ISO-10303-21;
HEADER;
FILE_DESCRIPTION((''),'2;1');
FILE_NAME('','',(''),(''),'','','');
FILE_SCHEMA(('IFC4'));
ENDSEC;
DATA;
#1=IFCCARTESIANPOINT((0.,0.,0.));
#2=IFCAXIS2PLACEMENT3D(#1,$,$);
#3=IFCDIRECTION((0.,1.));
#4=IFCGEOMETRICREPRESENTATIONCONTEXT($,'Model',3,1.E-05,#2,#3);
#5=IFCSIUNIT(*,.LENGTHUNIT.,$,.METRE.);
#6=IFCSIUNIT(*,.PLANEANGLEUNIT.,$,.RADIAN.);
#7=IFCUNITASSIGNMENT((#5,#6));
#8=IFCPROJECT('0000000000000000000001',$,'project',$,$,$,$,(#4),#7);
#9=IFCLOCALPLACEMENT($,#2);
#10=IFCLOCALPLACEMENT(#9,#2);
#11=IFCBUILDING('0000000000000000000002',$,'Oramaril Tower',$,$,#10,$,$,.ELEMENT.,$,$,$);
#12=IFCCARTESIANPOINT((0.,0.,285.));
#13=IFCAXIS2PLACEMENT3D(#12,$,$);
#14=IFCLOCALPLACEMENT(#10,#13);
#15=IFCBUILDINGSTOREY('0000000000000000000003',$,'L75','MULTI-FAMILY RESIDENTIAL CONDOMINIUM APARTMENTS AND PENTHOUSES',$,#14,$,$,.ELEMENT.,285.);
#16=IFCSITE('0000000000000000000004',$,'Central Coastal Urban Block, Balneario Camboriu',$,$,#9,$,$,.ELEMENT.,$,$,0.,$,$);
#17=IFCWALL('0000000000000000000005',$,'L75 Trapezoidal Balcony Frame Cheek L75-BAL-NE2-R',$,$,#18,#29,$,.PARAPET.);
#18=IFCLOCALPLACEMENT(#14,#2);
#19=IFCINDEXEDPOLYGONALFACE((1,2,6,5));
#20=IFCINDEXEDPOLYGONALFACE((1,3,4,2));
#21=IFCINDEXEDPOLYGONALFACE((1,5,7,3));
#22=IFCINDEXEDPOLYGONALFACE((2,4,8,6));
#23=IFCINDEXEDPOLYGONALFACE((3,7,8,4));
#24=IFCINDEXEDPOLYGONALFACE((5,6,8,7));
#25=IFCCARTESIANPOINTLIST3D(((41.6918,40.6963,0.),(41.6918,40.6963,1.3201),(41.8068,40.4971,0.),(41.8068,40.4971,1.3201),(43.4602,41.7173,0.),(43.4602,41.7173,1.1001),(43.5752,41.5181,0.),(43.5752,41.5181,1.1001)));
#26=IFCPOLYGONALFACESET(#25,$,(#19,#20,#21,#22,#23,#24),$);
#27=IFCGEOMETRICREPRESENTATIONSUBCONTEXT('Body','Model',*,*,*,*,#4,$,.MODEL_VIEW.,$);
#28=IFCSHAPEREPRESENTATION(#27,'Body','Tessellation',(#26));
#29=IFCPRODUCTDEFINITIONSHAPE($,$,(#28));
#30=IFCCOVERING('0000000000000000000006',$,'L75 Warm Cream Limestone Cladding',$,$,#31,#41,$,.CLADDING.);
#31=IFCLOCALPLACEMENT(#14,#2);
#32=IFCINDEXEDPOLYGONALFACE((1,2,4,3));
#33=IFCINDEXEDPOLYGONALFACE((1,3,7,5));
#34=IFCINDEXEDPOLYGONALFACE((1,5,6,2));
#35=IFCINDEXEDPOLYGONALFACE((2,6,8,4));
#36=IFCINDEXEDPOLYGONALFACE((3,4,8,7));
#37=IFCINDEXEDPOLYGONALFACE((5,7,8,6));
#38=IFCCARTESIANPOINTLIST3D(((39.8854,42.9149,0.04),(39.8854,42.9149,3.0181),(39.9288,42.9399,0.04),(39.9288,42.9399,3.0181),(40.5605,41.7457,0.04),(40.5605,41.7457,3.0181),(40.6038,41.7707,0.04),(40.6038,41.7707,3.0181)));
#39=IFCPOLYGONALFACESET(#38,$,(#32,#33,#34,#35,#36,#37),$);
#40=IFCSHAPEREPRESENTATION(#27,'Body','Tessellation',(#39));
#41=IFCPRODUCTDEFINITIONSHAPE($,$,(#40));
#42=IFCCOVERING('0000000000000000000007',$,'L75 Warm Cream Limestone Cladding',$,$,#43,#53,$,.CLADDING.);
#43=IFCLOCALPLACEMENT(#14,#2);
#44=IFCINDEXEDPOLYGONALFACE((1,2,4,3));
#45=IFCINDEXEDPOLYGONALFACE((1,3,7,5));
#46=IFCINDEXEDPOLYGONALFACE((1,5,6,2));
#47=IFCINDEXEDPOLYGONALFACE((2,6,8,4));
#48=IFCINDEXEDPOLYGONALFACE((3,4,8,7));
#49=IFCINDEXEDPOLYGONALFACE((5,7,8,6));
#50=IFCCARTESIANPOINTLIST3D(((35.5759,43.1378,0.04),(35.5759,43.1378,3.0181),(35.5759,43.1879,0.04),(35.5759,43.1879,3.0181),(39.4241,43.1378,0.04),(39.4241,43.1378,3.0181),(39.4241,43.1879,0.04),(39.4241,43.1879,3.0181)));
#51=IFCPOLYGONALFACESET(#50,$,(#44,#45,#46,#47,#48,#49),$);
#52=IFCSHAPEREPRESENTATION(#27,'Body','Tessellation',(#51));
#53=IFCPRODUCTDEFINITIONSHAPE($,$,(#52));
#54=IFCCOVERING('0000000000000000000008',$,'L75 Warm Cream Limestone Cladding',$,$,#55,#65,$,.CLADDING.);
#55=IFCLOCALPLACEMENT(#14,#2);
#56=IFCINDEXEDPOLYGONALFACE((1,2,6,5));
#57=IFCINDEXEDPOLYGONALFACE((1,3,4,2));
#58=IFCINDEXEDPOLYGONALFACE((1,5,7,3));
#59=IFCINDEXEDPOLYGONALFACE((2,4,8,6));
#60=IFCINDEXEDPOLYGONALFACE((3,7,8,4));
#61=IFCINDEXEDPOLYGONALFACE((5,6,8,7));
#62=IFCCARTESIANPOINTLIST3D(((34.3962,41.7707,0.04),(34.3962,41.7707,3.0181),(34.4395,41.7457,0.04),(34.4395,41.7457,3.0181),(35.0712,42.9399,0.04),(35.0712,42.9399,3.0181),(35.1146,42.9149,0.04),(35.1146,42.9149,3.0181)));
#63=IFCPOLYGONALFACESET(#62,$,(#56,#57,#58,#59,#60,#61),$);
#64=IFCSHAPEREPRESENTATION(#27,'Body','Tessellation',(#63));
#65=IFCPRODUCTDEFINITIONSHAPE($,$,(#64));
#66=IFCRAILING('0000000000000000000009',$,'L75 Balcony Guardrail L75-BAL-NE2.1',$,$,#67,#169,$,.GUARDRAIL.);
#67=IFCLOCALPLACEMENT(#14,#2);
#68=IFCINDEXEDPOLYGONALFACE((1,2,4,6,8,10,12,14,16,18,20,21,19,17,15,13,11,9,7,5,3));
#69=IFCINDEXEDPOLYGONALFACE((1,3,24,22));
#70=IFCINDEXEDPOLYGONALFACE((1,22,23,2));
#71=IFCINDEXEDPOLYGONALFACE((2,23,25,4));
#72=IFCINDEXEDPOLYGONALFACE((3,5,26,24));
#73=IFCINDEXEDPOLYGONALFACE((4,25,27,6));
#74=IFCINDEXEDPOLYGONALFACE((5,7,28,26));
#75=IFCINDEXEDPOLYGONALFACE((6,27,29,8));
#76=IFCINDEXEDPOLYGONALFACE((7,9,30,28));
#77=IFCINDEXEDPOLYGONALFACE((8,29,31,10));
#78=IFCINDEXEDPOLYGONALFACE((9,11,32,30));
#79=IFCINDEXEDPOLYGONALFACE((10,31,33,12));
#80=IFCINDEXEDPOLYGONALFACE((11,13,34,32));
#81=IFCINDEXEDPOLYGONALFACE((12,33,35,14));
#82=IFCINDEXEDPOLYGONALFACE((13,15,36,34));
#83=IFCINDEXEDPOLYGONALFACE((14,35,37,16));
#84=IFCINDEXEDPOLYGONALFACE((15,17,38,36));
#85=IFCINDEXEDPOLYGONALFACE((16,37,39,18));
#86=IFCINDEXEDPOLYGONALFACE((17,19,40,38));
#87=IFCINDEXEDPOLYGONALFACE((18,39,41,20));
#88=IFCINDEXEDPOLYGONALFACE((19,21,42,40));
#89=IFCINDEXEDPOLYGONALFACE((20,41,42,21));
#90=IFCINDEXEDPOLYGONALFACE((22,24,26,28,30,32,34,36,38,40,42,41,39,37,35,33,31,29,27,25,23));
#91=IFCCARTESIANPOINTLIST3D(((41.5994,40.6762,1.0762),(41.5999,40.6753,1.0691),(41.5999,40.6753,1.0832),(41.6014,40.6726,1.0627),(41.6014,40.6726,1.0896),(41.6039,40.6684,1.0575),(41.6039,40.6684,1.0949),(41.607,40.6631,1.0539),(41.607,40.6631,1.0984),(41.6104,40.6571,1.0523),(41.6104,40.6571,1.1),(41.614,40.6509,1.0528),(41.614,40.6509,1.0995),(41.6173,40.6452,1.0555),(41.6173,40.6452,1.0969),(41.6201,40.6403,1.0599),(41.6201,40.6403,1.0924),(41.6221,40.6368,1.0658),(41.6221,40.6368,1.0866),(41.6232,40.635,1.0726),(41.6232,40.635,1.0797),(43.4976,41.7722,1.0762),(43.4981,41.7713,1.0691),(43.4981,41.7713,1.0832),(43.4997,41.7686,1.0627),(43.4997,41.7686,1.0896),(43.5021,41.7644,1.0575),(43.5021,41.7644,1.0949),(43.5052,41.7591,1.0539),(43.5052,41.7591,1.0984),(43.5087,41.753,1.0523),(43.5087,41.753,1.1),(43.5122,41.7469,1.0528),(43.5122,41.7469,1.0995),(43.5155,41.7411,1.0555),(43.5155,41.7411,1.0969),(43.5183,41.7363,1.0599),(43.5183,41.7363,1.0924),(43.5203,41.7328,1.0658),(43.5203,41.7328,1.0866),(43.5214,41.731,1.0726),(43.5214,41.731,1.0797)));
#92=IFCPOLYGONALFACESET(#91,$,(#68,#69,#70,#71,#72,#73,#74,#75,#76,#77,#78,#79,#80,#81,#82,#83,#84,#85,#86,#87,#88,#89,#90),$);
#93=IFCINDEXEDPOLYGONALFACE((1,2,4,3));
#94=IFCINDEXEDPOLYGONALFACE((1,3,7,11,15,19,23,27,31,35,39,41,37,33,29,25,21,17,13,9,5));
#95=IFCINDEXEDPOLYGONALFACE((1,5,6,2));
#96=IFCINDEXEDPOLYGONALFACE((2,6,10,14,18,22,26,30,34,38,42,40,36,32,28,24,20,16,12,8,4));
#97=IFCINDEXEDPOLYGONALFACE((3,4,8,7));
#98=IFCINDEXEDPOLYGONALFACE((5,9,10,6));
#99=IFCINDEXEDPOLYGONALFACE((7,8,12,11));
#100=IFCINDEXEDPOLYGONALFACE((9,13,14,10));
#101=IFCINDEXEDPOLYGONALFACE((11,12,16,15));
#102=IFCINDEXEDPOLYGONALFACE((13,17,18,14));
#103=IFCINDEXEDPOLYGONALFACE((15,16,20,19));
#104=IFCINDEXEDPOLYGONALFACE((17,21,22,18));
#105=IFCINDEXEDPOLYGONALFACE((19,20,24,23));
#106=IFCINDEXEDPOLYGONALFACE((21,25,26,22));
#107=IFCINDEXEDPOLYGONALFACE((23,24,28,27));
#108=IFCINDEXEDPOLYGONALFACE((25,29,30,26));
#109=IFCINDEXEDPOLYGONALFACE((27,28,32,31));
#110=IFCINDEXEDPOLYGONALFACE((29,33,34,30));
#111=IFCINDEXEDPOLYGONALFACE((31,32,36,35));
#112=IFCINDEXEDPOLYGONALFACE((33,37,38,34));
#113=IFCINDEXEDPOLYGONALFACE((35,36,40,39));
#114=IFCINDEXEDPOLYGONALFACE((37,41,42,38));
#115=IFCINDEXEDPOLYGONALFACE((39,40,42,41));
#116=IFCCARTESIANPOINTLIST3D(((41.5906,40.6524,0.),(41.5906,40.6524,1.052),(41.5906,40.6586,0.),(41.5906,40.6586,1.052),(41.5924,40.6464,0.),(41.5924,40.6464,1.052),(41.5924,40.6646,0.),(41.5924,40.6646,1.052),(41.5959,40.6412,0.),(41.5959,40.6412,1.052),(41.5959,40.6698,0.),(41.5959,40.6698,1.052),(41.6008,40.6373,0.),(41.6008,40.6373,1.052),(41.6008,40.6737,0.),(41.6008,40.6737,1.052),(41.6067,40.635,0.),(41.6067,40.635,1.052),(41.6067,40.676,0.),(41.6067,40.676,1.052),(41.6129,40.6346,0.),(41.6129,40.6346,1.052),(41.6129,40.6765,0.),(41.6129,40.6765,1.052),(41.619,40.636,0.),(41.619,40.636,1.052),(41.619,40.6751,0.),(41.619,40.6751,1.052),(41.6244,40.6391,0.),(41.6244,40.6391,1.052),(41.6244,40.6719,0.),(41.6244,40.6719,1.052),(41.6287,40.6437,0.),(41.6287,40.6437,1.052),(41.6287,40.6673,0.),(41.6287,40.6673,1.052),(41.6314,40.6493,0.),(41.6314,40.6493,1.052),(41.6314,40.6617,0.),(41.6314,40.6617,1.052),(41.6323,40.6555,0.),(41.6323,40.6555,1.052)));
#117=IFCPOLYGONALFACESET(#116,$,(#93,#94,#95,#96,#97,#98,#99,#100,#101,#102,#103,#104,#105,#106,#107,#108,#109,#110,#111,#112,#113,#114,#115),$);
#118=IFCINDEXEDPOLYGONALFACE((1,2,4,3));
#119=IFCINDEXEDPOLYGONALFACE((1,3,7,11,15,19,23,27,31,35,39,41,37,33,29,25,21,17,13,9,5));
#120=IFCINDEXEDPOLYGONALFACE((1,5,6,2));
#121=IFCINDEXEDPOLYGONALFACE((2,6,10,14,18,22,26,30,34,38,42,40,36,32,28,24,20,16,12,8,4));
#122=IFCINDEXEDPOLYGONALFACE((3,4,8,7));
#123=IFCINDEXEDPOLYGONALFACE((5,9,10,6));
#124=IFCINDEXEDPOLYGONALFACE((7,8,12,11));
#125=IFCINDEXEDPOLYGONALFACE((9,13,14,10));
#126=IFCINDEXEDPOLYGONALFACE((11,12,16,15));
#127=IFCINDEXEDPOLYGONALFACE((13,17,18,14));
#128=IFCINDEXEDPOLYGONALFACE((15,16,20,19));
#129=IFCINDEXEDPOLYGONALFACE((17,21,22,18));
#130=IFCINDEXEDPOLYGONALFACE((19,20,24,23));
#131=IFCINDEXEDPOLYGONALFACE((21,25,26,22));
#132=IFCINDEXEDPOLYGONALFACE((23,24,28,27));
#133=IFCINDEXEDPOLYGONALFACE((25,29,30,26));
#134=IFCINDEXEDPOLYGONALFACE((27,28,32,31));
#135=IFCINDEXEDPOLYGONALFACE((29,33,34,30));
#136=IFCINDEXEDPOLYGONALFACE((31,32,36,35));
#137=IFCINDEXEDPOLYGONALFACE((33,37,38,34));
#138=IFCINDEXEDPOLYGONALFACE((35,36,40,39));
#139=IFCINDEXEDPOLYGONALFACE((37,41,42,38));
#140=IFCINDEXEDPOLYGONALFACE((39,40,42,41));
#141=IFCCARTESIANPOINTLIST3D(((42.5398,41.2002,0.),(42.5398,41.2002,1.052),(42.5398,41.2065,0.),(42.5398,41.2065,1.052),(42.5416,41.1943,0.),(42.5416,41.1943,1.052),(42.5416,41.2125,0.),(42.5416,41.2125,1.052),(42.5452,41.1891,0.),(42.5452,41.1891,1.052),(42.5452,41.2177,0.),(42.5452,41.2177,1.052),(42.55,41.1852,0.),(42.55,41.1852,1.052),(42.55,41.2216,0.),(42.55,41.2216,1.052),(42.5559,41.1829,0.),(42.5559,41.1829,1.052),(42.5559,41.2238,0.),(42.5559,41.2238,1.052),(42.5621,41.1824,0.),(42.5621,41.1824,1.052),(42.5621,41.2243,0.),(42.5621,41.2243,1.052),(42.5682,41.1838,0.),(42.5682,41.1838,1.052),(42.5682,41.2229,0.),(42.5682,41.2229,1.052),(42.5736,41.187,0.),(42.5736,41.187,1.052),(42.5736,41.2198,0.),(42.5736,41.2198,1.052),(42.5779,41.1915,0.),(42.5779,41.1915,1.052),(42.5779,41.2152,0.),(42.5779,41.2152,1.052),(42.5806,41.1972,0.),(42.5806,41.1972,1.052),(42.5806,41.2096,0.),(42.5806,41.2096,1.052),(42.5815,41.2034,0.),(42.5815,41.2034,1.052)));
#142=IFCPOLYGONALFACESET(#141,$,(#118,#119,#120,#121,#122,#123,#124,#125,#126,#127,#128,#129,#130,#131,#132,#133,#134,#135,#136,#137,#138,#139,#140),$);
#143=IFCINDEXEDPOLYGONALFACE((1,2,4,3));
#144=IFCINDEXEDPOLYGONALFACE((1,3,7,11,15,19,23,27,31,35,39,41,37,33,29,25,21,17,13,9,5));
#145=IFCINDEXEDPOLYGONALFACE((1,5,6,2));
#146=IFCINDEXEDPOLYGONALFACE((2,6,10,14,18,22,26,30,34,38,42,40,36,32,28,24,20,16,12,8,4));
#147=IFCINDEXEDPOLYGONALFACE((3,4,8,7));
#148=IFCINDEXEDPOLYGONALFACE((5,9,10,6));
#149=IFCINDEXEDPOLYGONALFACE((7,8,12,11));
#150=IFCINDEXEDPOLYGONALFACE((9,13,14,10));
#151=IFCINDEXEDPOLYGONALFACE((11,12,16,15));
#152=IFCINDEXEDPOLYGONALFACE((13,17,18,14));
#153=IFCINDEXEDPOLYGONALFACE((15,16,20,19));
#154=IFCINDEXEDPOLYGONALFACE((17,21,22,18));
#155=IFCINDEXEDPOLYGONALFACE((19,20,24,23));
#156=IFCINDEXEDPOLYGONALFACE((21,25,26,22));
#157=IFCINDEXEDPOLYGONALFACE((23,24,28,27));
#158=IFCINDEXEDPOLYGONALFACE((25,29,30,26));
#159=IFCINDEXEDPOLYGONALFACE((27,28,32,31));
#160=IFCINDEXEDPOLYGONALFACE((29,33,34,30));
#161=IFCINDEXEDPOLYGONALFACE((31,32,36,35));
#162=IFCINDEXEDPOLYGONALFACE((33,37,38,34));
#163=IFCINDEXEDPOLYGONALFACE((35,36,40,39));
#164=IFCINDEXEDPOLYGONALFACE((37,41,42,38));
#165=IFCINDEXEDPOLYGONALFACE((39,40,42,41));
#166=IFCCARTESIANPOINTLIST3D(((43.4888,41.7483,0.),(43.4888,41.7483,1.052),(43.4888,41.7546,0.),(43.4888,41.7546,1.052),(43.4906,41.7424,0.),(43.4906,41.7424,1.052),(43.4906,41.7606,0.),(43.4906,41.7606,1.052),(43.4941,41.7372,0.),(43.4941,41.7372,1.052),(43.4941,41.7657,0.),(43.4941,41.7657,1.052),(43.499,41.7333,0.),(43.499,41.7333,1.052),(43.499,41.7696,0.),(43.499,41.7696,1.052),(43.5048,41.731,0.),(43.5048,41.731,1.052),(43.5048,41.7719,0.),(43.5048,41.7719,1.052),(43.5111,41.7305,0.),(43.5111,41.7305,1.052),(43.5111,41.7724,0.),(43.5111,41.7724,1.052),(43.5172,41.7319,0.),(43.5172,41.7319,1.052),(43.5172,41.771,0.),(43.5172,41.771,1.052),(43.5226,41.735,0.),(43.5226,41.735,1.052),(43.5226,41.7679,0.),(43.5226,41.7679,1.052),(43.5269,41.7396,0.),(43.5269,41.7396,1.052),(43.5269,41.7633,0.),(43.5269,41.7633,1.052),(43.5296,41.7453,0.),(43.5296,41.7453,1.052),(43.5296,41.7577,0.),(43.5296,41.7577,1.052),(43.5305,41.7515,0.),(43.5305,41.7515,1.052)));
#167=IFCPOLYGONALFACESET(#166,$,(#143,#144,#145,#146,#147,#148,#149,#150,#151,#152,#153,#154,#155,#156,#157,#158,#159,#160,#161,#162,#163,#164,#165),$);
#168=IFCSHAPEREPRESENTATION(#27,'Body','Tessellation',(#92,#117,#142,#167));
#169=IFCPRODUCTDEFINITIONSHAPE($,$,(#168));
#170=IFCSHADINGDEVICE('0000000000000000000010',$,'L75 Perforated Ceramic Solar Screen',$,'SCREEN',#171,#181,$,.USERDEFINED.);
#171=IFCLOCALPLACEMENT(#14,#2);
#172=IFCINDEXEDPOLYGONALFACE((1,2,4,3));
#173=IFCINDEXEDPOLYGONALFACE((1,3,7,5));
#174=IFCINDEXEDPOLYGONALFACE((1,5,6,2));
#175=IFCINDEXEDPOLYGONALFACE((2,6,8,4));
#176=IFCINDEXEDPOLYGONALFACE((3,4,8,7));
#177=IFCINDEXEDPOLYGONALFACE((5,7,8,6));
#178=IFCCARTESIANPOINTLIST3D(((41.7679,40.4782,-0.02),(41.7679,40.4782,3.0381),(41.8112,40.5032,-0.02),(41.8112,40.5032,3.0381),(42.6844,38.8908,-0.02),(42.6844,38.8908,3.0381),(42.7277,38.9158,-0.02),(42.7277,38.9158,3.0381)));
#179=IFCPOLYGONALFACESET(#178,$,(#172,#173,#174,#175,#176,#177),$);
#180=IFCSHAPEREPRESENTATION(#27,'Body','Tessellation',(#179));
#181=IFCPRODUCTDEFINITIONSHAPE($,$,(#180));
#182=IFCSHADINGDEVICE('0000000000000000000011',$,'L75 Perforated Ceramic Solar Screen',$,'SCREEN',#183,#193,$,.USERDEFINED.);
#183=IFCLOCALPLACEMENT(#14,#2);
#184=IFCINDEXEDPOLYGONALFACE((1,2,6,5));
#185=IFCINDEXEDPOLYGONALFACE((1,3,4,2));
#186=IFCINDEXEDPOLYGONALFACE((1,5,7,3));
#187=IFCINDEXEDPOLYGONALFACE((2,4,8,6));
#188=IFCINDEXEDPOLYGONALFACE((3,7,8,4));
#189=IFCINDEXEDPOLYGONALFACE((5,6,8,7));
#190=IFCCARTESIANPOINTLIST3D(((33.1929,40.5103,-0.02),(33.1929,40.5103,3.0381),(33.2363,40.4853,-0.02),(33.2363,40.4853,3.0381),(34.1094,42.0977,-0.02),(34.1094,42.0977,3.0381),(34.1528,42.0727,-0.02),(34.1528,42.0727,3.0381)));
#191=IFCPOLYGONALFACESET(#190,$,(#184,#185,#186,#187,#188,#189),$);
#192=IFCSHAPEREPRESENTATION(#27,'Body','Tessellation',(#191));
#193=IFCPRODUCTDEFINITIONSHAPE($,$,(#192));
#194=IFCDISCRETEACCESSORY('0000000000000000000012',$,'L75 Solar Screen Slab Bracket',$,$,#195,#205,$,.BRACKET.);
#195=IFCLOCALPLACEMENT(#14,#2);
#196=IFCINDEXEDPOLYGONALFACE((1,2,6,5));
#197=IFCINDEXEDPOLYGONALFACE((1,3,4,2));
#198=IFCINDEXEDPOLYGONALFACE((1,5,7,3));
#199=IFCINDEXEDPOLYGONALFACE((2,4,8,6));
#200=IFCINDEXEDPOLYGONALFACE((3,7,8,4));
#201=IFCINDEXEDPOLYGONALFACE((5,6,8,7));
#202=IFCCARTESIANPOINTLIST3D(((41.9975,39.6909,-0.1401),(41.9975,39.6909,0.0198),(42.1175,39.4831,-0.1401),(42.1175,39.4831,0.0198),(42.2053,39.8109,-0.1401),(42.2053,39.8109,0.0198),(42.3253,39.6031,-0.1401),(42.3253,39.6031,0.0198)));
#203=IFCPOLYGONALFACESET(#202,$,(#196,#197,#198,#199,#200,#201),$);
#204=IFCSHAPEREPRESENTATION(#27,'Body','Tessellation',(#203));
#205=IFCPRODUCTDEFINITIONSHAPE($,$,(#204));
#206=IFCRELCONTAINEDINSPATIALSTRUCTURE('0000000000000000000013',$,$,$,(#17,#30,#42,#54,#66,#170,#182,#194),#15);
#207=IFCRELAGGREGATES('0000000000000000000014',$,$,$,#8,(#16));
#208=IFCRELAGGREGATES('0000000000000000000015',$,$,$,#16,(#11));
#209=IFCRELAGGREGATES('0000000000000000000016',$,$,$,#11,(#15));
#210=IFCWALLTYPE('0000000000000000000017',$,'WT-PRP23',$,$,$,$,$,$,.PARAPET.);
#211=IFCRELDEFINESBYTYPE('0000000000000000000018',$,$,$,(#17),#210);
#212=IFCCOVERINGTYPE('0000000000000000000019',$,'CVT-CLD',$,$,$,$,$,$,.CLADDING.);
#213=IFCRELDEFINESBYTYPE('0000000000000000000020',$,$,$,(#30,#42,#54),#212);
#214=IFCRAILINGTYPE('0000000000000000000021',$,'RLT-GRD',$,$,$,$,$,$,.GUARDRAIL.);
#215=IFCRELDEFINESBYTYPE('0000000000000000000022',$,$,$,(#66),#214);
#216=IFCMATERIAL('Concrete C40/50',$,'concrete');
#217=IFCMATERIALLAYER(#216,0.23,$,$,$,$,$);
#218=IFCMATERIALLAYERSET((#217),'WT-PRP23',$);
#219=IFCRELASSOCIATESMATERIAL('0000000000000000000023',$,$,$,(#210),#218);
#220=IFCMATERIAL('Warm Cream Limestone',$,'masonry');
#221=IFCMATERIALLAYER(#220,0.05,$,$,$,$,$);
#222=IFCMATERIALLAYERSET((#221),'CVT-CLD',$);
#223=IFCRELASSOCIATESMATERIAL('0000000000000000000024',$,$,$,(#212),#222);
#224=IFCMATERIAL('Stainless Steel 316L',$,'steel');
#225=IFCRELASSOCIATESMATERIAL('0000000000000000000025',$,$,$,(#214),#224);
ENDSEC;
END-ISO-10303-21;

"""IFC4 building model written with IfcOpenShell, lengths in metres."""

from ifc_helpers import new_model, si_unit, direction, frame, origin, origin_2d, place, context, subcontext, project, spatial, polyline, rectangle, circle, outline, extrude, material, layer, layer_set, type_object, element, save


model = new_model("IFC4")

# Units and contexts
model_context = context("Model", 3, precision=1e-05, world=origin(), true_north=direction((0.0, 1.0)))
body_context = subcontext(model_context, "Body", "Model", "MODEL_VIEW")
ifc_project = project(units=[si_unit("LENGTHUNIT", "METRE"), si_unit("PLANEANGLEUNIT", "RADIAN")], contexts=[model_context])

# Site, building, storey
site_placement = place(None, origin())
site = spatial("IfcSite", under=ifc_project, at=site_placement, Name="Central Coastal Urban Block, Balneario Camboriu", CompositionType="ELEMENT", RefElevation=0.0)
building_placement = place(site_placement, origin())
building = spatial("IfcBuilding", under=site, at=building_placement, Name="Oramaril Tower", CompositionType="ELEMENT")
storey_placement = place(building_placement, frame((0.0, 0.0, 285.0)))
storey = spatial("IfcBuildingStorey", under=building, at=storey_placement, Name="L75", Description="MULTI-FAMILY RESIDENTIAL CONDOMINIUM APARTMENTS AND PENTHOUSES", CompositionType="ELEMENT", Elevation=285.0)

# Wall
ifc_material_1 = material(Name="Concrete C40/50", Category="concrete")
ifc_layer_1 = layer(ifc_material_1, 0.23)
ifc_layer_set_1 = layer_set([ifc_layer_1], Name="WT-PRP23")
wall_type_1 = type_object("IfcWallType", Name="WT-PRP23", PredefinedType="PARAPET", material=ifc_layer_set_1)
wall_1_placement = place(storey_placement, frame((41.7493, 40.5967, 0.0), z_axis=(0.0, 0.0, 1.0), x_axis=(0.866012, 0.500023, 0.0)))
element("IfcWall", 1, at=wall_1_placement, inside=storey, type_object=wall_type_1, Name="L75 Trapezoidal Balcony Frame Cheek L75-BAL-NE2-R", PredefinedType="PARAPET", context=body_context, shape_type="SweptSolid", body=[
    extrude(outline(polyline([(0.0, 0.0), (2.042, 0.0), (2.042, 1.1001), (0.0, 1.3201), (0.0, 0.0)])), frame((0.0, 0.115, 0.0), z_axis=(0.0, -1.0, 0.0), x_axis=(1.0, 0.0, 0.0)), (0.0, 0.0, 1.0), 0.23),
])

# Coverings
ifc_material_2 = material(Name="Warm Cream Limestone", Category="masonry")
ifc_layer_2 = layer(ifc_material_2, 0.05)
ifc_layer_set_2 = layer_set([ifc_layer_2], Name="CVT-CLD")
covering_type = type_object("IfcCoveringType", Name="CVT-CLD", PredefinedType="CLADDING", material=ifc_layer_set_2)
covering_1_placement = place(storey_placement, frame((40.2446, 42.3428, 0.04), z_axis=(0.0, 0.0, 1.0), x_axis=(-0.5, 0.866025, 0.0)))
element("IfcCovering", 2, at=covering_1_placement, inside=storey, type_object=covering_type, Name="L75 Warm Cream Limestone Cladding", PredefinedType="CLADDING", context=body_context, shape_type="SweptSolid", body=[
    extrude(rectangle(XDim=1.3501, YDim=0.05, at=origin_2d()), origin(), (0.0, 0.0, 1.0), 2.978),
])
covering_2_placement = place(storey_placement, frame((37.5, 43.1628, 0.04), z_axis=(0.0, 0.0, 1.0), x_axis=(-1.0, 0.0, 0.0)))
element("IfcCovering", 3, at=covering_2_placement, inside=storey, type_object=covering_type, Name="L75 Warm Cream Limestone Cladding", PredefinedType="CLADDING", context=body_context, shape_type="SweptSolid", body=[
    extrude(rectangle(XDim=3.8481, YDim=0.05, at=origin_2d()), origin(), (0.0, 0.0, 1.0), 2.978),
])
covering_3_placement = place(storey_placement, frame((34.7554, 42.3428, 0.04), z_axis=(0.0, 0.0, 1.0), x_axis=(-0.5, -0.866025, 0.0)))
element("IfcCovering", 4, at=covering_3_placement, inside=storey, type_object=covering_type, Name="L75 Warm Cream Limestone Cladding", PredefinedType="CLADDING", context=body_context, shape_type="SweptSolid", body=[
    extrude(rectangle(XDim=1.3501, YDim=0.05, at=origin_2d()), origin(), (0.0, 0.0, 1.0), 2.978),
])

# Railing
ifc_material_3 = material(Name="Stainless Steel 316L", Category="steel")
railing_type = type_object("IfcRailingType", Name="RLT-GRD", PredefinedType="GUARDRAIL", material=ifc_material_3)
railing_1_placement = place(storey_placement, frame((41.6113, 40.6555, 0.0)))
element("IfcRailing", 5, at=railing_1_placement, inside=storey, type_object=railing_type, Name="L75 Balcony Guardrail L75-BAL-NE2.1", PredefinedType="GUARDRAIL", context=body_context, shape_type="SweptSolid", body=[
    extrude(circle(Radius=0.0239, at=origin_2d()), frame((0.0, 0.0, 1.0762), z_axis=(0.866021, 0.500008, 0.0), x_axis=(-0.500008, 0.866021, 0.0)), (0.0, 0.0, 1.0), 2.1919),
    extrude(circle(Radius=0.021, at=origin_2d()), origin(), (0.0, 0.0, 1.0), 1.052),
    extrude(circle(Radius=0.021, at=origin_2d()), frame((0.9492, 0.5479, 0.0)), (0.0, 0.0, 1.0), 1.052),
    extrude(circle(Radius=0.021, at=origin_2d()), frame((1.8982, 1.0959, 0.0)), (0.0, 0.0, 1.0), 1.052),
])

# Shading devices
for number, where, z_axis, x_axis, name in (
    (6, (42.2478, 39.697, -0.02), (0.0, 0.0, 1.0), (-0.5, 0.866025, 0.0), "L75 Perforated Ceramic Solar Screen"),
    (7, (33.6729, 41.2915, -0.02), (0.0, 0.0, 1.0), (-0.5, -0.866025, 0.0), "L75 Perforated Ceramic Solar Screen"),
):
    element("IfcShadingDevice", number, at=place(storey_placement, frame(where, z_axis=z_axis, x_axis=x_axis)), inside=storey, Name=name, ObjectType="SCREEN", PredefinedType="USERDEFINED", context=body_context, shape_type="SweptSolid", body=[
        extrude(rectangle(XDim=1.833, YDim=0.05, at=origin_2d()), origin(), (0.0, 0.0, 1.0), 3.0581),
    ])

# Discrete accessory
for number, where, z_axis, x_axis, name in (
    (8, (42.1614, 39.647, -0.1401), (0.0, 0.0, 1.0), (-0.5, 0.866025, 0.0), "L75 Solar Screen Slab Bracket"),
):
    element("IfcDiscreteAccessory", number, at=place(storey_placement, frame(where, z_axis=z_axis, x_axis=x_axis)), inside=storey, Name=name, PredefinedType="BRACKET", context=body_context, shape_type="SweptSolid", body=[
        extrude(rectangle(XDim=0.24, YDim=0.24, at=origin_2d()), origin(), (0.0, 0.0, 1.0), 0.1599),
    ])

save(model, "model.ifc")
